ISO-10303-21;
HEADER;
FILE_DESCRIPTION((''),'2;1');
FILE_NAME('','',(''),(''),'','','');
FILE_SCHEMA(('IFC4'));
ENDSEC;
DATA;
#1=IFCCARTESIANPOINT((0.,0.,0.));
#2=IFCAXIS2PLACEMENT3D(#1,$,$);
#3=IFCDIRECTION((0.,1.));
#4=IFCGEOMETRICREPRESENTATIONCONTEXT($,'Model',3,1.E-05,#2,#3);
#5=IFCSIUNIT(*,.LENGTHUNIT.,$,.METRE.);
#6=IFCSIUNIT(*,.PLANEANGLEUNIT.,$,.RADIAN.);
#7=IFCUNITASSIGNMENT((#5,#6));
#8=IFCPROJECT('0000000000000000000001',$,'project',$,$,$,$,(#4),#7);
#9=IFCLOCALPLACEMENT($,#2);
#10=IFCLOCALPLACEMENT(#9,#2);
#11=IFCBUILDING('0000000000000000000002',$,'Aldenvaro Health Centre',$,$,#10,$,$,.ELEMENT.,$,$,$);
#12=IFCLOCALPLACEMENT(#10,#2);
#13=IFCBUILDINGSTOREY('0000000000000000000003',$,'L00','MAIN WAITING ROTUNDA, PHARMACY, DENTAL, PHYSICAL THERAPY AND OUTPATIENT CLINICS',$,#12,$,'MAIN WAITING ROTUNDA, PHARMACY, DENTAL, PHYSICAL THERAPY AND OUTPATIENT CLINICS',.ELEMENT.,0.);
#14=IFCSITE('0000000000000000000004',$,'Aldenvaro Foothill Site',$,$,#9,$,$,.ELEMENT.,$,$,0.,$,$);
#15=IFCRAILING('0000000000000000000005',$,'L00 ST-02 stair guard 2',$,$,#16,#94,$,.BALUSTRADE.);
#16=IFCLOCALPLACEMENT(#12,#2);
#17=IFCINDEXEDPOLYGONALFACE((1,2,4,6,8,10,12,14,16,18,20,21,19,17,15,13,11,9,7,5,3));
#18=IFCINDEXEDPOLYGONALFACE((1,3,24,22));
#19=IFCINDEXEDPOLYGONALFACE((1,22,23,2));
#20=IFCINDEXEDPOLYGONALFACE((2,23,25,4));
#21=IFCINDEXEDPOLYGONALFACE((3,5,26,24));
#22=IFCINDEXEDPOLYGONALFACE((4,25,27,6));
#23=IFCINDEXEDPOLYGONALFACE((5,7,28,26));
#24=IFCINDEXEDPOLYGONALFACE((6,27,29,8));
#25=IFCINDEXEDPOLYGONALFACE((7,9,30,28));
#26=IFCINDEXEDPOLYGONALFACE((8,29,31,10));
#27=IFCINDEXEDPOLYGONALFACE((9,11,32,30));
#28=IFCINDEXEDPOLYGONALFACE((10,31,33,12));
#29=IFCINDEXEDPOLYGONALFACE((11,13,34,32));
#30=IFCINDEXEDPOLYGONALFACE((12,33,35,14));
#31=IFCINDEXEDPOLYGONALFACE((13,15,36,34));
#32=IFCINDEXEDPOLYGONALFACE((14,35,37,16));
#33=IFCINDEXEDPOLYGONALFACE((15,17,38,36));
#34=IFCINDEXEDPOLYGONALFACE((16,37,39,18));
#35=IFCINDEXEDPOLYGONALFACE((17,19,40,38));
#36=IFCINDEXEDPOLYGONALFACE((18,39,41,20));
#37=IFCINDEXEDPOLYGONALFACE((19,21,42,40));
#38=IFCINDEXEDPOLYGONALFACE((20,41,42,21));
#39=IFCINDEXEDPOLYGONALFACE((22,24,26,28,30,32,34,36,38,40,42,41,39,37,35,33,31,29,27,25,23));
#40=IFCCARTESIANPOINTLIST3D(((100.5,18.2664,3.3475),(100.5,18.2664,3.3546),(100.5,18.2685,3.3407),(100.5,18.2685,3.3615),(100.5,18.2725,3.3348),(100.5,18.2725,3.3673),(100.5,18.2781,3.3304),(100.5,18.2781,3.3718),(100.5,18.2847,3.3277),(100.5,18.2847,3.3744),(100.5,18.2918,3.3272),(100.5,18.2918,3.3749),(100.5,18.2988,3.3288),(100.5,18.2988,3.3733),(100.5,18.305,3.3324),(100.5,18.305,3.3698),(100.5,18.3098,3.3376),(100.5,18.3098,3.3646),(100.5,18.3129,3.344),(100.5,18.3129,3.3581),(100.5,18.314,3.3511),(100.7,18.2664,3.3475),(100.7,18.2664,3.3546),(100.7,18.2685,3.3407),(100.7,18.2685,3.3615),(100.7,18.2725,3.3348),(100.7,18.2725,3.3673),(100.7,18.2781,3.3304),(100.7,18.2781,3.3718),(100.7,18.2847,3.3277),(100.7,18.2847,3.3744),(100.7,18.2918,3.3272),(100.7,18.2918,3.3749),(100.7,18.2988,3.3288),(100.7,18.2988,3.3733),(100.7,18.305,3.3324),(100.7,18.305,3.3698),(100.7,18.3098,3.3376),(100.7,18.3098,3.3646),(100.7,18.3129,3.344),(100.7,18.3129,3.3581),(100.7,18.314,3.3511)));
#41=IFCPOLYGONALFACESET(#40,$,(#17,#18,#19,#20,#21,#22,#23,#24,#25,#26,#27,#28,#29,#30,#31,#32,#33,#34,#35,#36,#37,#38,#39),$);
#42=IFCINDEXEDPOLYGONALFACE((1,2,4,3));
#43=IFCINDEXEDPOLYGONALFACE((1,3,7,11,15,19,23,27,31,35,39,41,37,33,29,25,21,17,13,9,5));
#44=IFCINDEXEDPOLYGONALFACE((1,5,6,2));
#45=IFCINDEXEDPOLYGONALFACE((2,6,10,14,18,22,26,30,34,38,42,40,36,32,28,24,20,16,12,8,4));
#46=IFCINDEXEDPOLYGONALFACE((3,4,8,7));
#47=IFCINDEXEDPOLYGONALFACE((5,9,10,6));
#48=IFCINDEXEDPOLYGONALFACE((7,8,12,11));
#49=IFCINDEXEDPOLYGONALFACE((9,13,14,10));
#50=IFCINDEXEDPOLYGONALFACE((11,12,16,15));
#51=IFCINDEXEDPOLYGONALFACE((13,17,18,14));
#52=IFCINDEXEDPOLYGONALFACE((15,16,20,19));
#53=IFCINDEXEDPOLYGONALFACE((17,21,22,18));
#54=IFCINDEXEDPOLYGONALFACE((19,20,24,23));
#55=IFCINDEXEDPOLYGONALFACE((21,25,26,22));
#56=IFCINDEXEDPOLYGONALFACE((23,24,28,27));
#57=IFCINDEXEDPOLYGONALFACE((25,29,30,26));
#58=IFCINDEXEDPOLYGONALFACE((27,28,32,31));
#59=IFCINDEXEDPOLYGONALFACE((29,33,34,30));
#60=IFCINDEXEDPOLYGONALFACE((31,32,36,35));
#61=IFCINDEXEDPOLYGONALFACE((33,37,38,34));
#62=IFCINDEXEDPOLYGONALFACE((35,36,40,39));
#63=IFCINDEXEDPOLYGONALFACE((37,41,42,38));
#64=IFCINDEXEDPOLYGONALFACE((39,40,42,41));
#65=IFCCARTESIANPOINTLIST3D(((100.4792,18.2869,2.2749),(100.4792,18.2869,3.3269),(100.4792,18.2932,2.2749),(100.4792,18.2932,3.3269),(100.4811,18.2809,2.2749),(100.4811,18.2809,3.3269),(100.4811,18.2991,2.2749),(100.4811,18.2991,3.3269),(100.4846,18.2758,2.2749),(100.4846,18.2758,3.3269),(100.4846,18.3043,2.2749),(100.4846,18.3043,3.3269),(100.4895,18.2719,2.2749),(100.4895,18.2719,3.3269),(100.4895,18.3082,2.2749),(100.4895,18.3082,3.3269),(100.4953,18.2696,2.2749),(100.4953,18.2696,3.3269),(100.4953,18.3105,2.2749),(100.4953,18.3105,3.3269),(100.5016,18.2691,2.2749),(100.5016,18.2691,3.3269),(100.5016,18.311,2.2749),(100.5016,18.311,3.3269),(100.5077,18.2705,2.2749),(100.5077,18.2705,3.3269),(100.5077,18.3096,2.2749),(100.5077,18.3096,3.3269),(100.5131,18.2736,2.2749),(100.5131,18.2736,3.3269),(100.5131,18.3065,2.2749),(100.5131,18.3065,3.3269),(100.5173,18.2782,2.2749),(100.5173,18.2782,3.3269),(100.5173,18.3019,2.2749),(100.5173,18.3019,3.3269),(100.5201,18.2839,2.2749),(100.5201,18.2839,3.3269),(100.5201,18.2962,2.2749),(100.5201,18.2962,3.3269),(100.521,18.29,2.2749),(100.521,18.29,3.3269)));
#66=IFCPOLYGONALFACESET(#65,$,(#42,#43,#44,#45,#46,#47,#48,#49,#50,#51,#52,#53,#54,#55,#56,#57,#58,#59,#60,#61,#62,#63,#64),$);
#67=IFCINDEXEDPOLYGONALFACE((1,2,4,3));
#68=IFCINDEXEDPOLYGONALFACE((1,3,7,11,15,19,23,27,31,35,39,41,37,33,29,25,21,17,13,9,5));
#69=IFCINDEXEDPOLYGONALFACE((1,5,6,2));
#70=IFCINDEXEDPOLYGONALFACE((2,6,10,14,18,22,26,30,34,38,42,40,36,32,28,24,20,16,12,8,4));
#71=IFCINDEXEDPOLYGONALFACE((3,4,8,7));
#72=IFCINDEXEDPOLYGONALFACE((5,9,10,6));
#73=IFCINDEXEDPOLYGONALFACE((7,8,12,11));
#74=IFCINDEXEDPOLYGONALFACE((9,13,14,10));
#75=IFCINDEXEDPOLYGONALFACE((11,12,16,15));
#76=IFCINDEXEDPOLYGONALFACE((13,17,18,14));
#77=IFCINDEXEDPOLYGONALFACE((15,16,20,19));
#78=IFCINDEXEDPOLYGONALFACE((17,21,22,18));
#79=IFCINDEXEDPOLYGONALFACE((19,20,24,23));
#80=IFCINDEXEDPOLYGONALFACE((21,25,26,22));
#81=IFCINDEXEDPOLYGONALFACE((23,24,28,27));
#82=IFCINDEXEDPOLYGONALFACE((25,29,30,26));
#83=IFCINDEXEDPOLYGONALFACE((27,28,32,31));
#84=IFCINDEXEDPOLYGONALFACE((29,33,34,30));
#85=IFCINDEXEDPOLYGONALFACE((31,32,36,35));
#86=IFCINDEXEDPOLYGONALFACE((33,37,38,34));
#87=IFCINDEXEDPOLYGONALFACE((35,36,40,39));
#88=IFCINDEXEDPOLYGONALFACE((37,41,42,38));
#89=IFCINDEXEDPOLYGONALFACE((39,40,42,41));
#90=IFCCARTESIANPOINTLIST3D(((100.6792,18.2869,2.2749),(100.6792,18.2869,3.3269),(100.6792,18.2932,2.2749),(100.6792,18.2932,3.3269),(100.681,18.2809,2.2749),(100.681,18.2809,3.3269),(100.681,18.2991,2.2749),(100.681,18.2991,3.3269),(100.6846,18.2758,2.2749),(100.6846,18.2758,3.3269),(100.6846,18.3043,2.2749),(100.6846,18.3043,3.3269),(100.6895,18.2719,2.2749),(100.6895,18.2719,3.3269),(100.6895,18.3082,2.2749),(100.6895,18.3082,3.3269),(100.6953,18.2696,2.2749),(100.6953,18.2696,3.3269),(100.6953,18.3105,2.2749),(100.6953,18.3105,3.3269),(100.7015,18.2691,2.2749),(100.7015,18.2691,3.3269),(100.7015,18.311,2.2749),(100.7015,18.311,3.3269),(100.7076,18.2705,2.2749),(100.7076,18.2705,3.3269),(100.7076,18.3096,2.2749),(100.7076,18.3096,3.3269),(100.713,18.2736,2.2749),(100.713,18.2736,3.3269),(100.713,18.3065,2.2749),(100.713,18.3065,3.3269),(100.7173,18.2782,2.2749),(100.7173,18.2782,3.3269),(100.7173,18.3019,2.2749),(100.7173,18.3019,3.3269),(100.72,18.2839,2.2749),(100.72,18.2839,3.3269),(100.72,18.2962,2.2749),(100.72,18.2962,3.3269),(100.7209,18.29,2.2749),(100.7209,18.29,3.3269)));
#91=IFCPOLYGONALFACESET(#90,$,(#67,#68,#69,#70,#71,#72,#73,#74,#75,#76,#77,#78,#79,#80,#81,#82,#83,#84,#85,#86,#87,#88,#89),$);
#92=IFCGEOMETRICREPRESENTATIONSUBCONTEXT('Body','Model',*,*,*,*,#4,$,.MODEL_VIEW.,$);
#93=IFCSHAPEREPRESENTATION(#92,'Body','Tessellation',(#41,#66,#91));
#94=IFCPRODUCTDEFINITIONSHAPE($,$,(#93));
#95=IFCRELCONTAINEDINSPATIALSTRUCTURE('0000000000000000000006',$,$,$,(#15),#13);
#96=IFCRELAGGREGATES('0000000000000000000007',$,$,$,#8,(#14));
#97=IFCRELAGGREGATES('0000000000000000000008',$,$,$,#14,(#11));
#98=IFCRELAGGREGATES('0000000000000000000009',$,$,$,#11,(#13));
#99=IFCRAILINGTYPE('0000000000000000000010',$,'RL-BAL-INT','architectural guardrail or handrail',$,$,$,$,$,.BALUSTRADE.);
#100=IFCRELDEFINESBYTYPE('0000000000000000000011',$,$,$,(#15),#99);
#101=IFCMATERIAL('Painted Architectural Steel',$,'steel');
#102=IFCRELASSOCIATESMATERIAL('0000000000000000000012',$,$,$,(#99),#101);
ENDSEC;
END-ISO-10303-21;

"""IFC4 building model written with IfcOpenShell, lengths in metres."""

from ifc_helpers import new_model, si_unit, direction, frame, origin, origin_2d, place, context, subcontext, project, spatial, circle, extrude, material, type_object, element, save


model = new_model("IFC4")

# Units and contexts
model_context = context("Model", 3, precision=1e-05, world=origin(), true_north=direction((0.0, 1.0)))
body_context = subcontext(model_context, "Body", "Model", "MODEL_VIEW")
ifc_project = project(units=[si_unit("LENGTHUNIT", "METRE"), si_unit("PLANEANGLEUNIT", "RADIAN")], contexts=[model_context])

# Site, building, storey
site_placement = place(None, origin())
site = spatial("IfcSite", under=ifc_project, at=site_placement, Name="Aldenvaro Foothill Site", CompositionType="ELEMENT", RefElevation=0.0)
building_placement = place(site_placement, origin())
building = spatial("IfcBuilding", under=site, at=building_placement, Name="Aldenvaro Health Centre", CompositionType="ELEMENT")
storey_placement = place(building_placement, origin())
storey = spatial("IfcBuildingStorey", under=building, at=storey_placement, Name="L00", Description="MAIN WAITING ROTUNDA, PHARMACY, DENTAL, PHYSICAL THERAPY AND OUTPATIENT CLINICS", LongName="MAIN WAITING ROTUNDA, PHARMACY, DENTAL, PHYSICAL THERAPY AND OUTPATIENT CLINICS", CompositionType="ELEMENT", Elevation=0.0)

# Railing
ifc_material_1 = material(Name="Painted Architectural Steel", Category="steel")
railing_type_1 = type_object("IfcRailingType", Name="RL-BAL-INT", Description="architectural guardrail or handrail", PredefinedType="BALUSTRADE", material=ifc_material_1)
railing_1_placement = place(storey_placement, frame((100.5, 18.29, 2.2749)))
element("IfcRailing", 1, at=railing_1_placement, inside=storey, type_object=railing_type_1, Name="L00 ST-02 stair guard 2", PredefinedType="BALUSTRADE", context=body_context, shape_type="SweptSolid", body=[
    extrude(circle(Radius=0.0239, at=origin_2d()), frame((0.0, 0.0, 1.0762), z_axis=(1.0, 0.0, 0.0), x_axis=(0.0, 1.0, 0.0)), (0.0, 0.0, 1.0), 0.2),
    extrude(circle(Radius=0.021, at=origin_2d()), origin(), (0.0, 0.0, 1.0), 1.052),
    extrude(circle(Radius=0.021, at=origin_2d()), frame((0.2, 0.0, 0.0)), (0.0, 0.0, 1.0), 1.052),
])

save(model, "model.ifc")
